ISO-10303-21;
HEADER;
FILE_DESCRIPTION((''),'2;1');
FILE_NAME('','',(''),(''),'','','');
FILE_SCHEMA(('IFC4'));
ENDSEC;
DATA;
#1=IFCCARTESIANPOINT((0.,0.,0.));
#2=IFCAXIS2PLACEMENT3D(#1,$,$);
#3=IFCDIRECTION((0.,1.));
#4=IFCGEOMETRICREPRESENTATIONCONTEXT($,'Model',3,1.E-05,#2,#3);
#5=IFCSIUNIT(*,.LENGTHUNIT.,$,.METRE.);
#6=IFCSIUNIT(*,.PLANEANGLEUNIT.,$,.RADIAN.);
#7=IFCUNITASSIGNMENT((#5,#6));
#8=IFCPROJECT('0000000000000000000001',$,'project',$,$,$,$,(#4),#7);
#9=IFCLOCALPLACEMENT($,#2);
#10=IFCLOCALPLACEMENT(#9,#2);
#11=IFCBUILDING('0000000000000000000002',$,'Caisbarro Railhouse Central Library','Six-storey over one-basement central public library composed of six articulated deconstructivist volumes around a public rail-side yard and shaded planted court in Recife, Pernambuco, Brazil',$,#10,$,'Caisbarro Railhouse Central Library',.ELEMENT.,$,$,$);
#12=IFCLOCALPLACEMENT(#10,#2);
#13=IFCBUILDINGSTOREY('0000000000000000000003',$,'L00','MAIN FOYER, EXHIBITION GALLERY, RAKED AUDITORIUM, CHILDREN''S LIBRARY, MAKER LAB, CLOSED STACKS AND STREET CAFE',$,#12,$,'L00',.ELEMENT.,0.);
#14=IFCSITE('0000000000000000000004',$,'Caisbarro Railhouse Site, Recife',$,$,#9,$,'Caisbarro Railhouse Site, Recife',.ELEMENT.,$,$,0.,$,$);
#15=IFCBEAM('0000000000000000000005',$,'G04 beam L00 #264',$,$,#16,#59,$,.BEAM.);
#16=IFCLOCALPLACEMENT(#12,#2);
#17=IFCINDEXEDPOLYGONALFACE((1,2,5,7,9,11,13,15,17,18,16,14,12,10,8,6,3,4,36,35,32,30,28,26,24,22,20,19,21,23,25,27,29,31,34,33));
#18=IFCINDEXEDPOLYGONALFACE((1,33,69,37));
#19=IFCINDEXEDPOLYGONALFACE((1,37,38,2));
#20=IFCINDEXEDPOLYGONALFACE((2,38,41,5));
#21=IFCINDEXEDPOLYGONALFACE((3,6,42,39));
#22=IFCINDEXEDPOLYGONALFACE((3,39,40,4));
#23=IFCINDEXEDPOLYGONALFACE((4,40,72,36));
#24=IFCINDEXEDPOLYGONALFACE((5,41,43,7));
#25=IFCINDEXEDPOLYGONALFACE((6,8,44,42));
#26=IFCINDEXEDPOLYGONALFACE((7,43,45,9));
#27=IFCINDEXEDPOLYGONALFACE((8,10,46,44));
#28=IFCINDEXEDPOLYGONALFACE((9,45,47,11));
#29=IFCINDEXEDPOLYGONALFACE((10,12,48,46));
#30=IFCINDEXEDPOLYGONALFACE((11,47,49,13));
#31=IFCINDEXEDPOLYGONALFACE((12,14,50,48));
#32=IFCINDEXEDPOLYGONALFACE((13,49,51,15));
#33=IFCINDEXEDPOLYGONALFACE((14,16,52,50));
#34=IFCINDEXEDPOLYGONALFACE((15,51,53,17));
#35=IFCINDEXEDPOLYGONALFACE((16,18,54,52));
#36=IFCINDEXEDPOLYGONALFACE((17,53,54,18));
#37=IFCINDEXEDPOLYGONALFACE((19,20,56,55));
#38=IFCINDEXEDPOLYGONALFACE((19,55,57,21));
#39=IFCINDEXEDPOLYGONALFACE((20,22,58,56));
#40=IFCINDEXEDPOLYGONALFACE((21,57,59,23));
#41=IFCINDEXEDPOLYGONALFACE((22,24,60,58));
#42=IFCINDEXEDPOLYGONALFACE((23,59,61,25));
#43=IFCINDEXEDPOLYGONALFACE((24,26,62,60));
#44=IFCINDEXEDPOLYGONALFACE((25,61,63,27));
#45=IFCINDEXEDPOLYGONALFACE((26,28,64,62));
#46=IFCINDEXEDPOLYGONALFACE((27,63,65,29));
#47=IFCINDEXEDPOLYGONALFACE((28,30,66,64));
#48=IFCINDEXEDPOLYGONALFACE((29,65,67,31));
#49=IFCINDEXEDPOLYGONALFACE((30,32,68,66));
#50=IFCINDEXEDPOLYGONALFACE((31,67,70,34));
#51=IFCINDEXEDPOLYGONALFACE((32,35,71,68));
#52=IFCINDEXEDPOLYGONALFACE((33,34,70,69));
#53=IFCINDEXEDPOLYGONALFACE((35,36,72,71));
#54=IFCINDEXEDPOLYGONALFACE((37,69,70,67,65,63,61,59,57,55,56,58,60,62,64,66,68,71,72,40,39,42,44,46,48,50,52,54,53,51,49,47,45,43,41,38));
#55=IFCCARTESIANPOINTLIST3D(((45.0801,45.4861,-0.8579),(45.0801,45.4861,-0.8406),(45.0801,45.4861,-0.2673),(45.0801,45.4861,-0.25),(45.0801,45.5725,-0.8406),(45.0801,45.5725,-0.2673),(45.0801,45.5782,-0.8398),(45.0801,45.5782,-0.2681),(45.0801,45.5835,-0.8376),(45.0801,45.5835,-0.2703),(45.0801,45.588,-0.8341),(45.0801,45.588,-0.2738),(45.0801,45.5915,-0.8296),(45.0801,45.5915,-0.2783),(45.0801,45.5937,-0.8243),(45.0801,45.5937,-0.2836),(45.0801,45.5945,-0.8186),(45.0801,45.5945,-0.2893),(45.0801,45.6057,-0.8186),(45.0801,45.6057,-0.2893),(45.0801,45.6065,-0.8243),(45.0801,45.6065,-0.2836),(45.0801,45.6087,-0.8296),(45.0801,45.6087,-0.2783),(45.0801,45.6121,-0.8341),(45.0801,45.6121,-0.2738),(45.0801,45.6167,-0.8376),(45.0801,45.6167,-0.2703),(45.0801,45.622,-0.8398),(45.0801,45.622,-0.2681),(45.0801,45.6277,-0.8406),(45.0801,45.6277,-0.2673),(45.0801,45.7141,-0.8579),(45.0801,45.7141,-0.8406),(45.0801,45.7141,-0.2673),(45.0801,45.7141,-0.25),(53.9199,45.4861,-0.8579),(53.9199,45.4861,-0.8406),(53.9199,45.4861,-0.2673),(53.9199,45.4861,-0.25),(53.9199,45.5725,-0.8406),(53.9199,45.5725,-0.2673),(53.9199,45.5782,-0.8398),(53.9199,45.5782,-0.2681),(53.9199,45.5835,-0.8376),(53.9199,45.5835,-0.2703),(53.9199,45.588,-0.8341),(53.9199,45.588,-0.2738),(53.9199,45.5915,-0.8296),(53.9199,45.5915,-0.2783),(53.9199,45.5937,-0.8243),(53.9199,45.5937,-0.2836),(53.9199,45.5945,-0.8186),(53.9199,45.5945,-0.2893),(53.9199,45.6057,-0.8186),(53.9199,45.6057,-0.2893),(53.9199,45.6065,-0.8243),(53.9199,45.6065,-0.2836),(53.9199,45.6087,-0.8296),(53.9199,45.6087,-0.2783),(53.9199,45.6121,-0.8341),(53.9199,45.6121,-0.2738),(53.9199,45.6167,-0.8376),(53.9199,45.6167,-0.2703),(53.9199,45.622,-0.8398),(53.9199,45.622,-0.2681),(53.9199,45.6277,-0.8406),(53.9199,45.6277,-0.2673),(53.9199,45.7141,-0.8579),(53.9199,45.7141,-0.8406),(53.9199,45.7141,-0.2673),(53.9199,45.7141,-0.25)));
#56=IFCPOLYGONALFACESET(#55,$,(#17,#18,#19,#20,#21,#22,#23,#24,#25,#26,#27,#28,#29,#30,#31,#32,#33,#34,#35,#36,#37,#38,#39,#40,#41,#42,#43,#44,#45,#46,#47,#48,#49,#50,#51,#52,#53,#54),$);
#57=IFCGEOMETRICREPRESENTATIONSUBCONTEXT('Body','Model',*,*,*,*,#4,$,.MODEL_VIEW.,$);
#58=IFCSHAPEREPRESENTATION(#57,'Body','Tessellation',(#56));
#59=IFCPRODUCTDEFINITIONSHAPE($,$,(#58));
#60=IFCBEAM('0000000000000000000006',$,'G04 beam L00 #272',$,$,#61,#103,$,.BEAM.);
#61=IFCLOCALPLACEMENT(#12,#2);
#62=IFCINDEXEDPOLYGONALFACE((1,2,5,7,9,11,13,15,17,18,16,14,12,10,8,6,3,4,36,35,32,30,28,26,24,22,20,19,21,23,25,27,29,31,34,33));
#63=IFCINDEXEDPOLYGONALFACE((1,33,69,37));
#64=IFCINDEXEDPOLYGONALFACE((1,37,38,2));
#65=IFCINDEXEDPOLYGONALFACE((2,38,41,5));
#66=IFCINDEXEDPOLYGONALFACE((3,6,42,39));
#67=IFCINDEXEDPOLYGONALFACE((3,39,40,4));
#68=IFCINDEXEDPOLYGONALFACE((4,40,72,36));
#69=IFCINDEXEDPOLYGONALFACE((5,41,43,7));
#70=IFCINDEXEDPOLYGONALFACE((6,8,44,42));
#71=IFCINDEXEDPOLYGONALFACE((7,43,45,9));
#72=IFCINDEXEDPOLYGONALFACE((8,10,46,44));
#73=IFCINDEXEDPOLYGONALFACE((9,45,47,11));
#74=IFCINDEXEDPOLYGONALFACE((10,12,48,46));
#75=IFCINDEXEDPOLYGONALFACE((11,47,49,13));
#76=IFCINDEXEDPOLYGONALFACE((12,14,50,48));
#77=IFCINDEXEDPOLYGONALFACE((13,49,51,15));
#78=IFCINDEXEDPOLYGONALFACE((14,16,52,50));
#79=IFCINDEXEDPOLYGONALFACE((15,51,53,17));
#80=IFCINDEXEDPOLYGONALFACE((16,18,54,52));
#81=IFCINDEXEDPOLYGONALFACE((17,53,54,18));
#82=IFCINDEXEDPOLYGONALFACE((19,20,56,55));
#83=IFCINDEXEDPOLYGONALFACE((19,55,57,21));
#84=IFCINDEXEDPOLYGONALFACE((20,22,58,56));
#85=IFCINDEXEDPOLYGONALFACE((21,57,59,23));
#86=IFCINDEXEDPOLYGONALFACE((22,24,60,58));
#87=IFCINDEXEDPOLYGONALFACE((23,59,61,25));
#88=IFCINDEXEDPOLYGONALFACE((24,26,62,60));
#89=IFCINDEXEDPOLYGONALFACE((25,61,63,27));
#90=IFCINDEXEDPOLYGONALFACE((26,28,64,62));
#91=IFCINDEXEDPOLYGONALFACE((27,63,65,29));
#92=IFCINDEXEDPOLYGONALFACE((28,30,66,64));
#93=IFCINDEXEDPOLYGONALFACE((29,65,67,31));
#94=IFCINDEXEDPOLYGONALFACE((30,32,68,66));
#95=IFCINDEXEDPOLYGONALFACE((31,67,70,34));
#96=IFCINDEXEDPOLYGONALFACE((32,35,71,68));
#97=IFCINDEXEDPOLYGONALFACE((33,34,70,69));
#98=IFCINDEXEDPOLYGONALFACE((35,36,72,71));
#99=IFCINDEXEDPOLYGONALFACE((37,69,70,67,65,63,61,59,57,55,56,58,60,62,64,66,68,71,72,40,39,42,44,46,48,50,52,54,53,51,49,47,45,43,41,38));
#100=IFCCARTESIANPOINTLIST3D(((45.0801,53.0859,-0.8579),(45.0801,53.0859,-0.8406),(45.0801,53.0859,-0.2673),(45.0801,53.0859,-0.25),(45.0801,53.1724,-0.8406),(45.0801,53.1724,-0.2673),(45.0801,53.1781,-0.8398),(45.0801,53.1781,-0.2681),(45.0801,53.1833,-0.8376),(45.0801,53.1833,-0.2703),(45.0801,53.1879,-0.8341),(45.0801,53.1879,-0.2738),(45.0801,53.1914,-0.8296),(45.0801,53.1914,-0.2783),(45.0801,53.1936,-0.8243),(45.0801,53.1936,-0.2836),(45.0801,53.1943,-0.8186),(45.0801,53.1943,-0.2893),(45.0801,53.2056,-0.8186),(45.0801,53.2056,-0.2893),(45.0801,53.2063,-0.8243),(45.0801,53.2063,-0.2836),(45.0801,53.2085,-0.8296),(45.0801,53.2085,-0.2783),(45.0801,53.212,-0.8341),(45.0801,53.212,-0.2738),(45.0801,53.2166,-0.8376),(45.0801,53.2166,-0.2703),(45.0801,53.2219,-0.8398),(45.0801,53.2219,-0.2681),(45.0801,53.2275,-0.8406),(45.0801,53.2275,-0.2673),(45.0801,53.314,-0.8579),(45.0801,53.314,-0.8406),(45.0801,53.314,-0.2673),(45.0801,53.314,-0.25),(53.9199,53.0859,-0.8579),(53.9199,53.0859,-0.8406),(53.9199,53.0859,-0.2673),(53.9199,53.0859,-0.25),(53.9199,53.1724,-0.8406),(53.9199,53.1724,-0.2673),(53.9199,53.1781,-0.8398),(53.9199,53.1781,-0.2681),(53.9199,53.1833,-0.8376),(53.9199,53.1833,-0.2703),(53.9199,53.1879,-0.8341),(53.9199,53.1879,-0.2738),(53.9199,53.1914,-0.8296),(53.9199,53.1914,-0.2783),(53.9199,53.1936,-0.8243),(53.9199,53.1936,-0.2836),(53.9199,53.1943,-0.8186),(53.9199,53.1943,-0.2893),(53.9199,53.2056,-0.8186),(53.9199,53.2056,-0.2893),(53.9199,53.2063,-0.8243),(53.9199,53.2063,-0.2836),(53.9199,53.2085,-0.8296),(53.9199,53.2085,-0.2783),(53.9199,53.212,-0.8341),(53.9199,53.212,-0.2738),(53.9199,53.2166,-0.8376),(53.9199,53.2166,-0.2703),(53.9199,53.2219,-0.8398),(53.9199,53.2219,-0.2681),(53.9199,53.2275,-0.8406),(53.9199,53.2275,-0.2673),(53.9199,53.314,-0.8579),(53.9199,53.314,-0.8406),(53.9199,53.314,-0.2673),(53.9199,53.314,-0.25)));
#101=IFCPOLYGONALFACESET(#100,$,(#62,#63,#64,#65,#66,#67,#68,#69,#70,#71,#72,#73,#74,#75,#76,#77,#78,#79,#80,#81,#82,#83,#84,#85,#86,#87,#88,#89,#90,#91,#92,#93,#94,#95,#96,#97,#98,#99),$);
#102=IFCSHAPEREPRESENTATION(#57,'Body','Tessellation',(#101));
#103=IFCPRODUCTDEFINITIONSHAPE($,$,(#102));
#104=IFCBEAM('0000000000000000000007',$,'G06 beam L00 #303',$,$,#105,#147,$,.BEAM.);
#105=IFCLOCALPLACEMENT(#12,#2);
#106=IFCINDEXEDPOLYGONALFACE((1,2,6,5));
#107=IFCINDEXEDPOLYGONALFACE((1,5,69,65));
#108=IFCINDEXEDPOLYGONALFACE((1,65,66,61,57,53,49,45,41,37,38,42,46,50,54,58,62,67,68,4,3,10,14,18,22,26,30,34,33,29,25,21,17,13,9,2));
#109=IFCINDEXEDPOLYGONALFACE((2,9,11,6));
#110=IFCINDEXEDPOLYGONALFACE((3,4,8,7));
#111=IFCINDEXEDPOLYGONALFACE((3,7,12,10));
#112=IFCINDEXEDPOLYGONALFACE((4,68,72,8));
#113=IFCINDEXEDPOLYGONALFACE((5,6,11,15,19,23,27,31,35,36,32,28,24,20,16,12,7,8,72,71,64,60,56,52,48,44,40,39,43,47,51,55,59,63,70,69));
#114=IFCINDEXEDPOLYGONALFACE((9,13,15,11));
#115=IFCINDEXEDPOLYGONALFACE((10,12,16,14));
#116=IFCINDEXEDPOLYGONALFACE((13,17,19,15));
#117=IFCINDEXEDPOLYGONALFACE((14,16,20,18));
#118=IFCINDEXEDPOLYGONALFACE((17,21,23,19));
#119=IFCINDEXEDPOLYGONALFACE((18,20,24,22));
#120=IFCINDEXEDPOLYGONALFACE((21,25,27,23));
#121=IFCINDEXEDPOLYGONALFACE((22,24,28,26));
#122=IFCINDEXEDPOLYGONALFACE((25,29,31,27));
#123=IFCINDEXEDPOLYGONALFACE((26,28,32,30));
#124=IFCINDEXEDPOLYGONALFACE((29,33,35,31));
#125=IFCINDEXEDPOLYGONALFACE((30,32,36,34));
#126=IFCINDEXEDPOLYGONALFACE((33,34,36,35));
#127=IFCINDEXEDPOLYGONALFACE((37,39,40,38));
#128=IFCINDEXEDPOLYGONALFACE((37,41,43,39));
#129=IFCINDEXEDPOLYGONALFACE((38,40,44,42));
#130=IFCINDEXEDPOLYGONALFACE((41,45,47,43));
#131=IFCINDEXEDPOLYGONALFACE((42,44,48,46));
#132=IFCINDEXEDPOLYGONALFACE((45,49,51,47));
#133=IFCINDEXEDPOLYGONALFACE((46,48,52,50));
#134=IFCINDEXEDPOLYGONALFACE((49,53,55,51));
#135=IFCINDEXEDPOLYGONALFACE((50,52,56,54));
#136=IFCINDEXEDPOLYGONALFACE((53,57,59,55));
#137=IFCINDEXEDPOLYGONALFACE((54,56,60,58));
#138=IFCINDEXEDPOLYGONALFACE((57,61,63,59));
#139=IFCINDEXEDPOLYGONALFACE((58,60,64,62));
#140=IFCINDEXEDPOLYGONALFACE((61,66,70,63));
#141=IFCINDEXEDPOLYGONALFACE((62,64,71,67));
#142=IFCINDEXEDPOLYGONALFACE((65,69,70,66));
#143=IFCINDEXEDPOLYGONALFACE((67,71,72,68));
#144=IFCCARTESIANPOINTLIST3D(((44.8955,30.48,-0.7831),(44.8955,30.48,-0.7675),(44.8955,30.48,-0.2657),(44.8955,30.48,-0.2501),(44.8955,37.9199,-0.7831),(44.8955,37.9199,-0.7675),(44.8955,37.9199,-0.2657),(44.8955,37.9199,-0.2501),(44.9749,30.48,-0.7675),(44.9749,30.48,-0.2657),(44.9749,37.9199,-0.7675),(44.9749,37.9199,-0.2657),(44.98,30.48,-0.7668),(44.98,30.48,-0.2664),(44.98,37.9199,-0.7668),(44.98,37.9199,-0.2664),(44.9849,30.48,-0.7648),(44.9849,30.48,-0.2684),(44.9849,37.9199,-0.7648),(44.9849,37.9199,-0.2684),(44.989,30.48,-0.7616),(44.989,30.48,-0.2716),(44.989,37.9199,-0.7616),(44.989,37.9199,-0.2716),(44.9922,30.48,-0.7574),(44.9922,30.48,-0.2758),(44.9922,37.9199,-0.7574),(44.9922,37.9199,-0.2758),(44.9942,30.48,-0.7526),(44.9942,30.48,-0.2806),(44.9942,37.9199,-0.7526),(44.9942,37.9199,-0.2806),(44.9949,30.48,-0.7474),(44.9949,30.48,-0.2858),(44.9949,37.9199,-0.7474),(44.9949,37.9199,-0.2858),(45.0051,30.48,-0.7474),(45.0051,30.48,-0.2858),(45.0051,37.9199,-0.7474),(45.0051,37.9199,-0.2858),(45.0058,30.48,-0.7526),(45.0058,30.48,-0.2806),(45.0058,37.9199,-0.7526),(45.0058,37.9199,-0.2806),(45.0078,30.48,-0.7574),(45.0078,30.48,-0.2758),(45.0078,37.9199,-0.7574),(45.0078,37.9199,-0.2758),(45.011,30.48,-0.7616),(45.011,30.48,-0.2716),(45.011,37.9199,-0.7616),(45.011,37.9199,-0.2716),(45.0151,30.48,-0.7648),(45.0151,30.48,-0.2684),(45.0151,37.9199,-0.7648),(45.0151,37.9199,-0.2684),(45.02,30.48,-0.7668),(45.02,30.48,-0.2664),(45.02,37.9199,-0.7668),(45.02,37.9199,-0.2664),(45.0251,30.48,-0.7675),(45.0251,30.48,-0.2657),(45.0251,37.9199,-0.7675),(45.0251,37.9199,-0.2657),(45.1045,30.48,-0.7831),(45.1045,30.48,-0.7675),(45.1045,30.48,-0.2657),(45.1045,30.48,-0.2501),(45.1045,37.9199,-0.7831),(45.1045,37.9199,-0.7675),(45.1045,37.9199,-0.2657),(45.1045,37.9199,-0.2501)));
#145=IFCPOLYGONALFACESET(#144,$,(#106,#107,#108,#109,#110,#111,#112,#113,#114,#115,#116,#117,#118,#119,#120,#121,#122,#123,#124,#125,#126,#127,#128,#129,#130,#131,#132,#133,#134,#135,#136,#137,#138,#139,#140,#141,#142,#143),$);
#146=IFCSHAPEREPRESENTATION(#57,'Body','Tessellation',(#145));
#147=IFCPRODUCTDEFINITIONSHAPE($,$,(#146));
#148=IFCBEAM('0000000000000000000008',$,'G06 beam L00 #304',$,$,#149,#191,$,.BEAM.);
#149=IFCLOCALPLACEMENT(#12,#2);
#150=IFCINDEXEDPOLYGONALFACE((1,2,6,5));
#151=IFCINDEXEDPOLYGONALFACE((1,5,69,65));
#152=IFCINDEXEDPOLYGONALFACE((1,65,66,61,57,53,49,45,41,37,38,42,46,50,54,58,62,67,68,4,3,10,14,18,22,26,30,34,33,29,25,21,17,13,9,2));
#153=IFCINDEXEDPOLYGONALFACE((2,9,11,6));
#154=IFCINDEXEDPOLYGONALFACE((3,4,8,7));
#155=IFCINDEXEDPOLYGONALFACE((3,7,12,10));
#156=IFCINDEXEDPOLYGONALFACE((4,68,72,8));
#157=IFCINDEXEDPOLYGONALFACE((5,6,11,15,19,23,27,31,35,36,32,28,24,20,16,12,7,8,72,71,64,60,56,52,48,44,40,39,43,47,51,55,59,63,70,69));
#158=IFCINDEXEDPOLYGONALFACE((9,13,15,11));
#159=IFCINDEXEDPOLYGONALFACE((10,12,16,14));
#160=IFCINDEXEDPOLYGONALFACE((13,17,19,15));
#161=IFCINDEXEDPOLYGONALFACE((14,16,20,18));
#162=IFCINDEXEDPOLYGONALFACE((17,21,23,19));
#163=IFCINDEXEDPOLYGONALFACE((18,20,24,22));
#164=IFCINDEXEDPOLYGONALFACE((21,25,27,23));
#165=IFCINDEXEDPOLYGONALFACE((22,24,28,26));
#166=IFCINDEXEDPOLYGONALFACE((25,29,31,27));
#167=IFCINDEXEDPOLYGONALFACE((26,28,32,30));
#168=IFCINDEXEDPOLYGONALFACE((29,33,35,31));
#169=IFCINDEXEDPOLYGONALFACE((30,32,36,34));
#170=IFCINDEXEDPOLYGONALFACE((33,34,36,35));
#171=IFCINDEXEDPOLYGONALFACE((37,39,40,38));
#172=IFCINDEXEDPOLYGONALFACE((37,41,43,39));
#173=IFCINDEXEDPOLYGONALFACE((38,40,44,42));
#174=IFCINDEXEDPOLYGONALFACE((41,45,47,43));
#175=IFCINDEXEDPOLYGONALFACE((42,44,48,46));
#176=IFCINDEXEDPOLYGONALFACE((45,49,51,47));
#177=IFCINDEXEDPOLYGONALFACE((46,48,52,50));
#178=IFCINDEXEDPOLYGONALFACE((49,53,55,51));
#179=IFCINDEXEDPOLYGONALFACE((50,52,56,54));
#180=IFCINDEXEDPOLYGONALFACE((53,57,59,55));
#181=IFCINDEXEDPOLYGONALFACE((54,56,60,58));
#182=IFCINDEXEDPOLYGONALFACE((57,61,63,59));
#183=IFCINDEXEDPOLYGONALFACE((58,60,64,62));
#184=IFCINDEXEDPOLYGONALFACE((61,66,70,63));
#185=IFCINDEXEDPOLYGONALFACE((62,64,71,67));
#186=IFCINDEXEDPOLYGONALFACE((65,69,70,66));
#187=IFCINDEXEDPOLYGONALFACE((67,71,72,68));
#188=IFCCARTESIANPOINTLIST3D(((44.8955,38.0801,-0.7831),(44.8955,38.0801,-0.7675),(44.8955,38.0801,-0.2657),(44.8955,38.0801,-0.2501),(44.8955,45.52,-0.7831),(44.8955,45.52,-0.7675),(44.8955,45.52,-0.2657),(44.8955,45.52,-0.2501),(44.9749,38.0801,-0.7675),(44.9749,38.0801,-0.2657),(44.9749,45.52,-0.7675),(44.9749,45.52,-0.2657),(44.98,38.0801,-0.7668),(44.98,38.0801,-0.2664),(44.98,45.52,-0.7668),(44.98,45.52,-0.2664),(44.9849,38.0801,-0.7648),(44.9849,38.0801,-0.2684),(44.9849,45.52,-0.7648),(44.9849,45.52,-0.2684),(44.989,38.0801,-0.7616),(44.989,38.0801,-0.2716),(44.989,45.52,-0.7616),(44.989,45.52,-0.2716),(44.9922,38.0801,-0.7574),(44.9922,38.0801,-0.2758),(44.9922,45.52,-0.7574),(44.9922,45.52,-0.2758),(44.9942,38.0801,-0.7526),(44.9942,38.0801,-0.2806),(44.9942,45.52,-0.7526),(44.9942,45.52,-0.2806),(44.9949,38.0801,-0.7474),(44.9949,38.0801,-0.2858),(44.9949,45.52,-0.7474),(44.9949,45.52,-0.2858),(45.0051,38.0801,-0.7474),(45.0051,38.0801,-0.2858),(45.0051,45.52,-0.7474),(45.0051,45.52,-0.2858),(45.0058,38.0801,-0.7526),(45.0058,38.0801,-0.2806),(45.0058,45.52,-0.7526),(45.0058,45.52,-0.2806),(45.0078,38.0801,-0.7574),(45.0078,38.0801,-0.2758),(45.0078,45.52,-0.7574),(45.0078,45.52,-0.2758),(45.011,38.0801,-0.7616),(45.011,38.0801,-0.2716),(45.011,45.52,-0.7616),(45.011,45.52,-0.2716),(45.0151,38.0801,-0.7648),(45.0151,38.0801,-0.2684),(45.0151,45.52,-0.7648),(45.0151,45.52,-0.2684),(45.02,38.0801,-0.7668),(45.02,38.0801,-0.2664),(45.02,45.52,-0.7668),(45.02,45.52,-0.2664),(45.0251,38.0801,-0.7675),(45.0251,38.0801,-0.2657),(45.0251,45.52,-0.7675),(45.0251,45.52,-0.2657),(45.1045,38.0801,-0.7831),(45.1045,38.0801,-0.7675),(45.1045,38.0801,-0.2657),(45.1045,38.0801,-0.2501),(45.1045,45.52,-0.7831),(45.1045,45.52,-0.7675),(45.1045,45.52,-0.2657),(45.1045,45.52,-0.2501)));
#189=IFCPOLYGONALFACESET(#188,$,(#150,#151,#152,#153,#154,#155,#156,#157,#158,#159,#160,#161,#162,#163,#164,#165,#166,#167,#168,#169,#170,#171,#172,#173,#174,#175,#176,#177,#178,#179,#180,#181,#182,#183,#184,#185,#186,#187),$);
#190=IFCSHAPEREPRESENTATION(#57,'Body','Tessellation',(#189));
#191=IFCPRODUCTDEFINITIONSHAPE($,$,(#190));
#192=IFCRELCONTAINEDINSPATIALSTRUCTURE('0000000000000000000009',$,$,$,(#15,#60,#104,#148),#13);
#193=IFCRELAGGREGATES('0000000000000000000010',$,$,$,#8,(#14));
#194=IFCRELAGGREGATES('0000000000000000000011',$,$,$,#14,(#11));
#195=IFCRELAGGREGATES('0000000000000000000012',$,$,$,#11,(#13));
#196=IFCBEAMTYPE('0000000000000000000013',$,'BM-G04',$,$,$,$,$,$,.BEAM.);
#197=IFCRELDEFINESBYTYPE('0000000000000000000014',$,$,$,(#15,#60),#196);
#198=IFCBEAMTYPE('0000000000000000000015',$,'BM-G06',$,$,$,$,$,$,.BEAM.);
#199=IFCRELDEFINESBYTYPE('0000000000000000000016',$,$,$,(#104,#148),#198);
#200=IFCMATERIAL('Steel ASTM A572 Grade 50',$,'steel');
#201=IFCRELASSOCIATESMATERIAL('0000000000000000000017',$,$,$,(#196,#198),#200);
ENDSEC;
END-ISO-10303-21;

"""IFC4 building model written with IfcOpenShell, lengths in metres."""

from ifc_helpers import new_model, si_unit, direction, frame, origin, origin_2d, place, context, subcontext, project, spatial, i_section, extrude, material, material_profile, profile_set, type_object, element, save


model = new_model("IFC4")

# Units and contexts
model_context = context("Model", 3, precision=1e-05, world=origin(), true_north=direction((0.0, 1.0)))
body_context = subcontext(model_context, "Body", "Model", "MODEL_VIEW")
ifc_project = project(units=[si_unit("LENGTHUNIT", "METRE"), si_unit("PLANEANGLEUNIT", "RADIAN")], contexts=[model_context])

# Site, building, storey
site_placement = place(None, origin())
site = spatial("IfcSite", under=ifc_project, at=site_placement, Name="Caisbarro Railhouse Site, Recife", LongName="Caisbarro Railhouse Site, Recife", CompositionType="ELEMENT", RefElevation=0.0)
building_placement = place(site_placement, origin())
building = spatial("IfcBuilding", under=site, at=building_placement, Name="Caisbarro Railhouse Central Library", Description="Six-storey over one-basement central public library composed of six articulated deconstructivist volumes around a public rail-side yard and shaded planted court in Recife, Pernambuco, Brazil", LongName="Caisbarro Railhouse Central Library", CompositionType="ELEMENT")
storey_placement = place(building_placement, origin())
storey = spatial("IfcBuildingStorey", under=building, at=storey_placement, Name="L00", Description="MAIN FOYER, EXHIBITION GALLERY, RAKED AUDITORIUM, CHILDREN'S LIBRARY, MAKER LAB, CLOSED STACKS AND STREET CAFE", LongName="L00", CompositionType="ELEMENT", Elevation=0.0)

# Shared definitions
ifc_material_1 = material(Name="Steel ASTM A572 Grade 50", Category="steel")

# Beams
ifc_material_profile_1 = material_profile(ifc_material_1, i_section(OverallWidth=0.228, OverallDepth=0.6079, WebThickness=0.0112, FlangeThickness=0.0173, FilletRadius=0.022, at=origin_2d()), Name="W610X113.0")
ifc_profile_set_1 = profile_set([ifc_material_profile_1], Name="Steel ASTM A572 Grade 50")
beam_type_1 = type_object("IfcBeamType", Name="BM-G04", PredefinedType="BEAM", material=ifc_profile_set_1)
for number, where, z_axis, x_axis, name in (
    (1, (45.0801, 45.6001, -0.554), (1.0, 0.0, 0.0), (0.0, 1.0, 0.0), "G04 beam L00 #264"),
    (2, (45.0801, 53.2, -0.554), (1.0, 0.0, 0.0), (0.0, 1.0, 0.0), "G04 beam L00 #272"),
):
    element("IfcBeam", number, at=place(storey_placement, frame(where, z_axis=z_axis, x_axis=x_axis)), inside=storey, type_object=beam_type_1, Name=name, PredefinedType="BEAM", context=body_context, shape_type="SweptSolid", body=[
        extrude(i_section(OverallWidth=0.228, OverallDepth=0.6079, WebThickness=0.0112, FlangeThickness=0.0173, FilletRadius=0.022, at=origin_2d()), origin(), (0.0, 0.0, 1.0), 8.8398),
    ])
ifc_material_profile_2 = material_profile(ifc_material_1, i_section(OverallWidth=0.209, OverallDepth=0.533, WebThickness=0.0103, FlangeThickness=0.0156, FilletRadius=0.02, at=origin_2d()), Name="W530X92.0")
ifc_profile_set_2 = profile_set([ifc_material_profile_2], Name="Steel ASTM A572 Grade 50")
beam_type_2 = type_object("IfcBeamType", Name="BM-G06", PredefinedType="BEAM", material=ifc_profile_set_2)
for number, where, z_axis, x_axis, name in (
    (3, (45.0, 30.48, -0.5166), (0.0, 1.0, 0.0), (-1.0, 0.0, 0.0), "G06 beam L00 #303"),
    (4, (45.0, 38.0801, -0.5166), (0.0, 1.0, 0.0), (-1.0, 0.0, 0.0), "G06 beam L00 #304"),
):
    element("IfcBeam", number, at=place(storey_placement, frame(where, z_axis=z_axis, x_axis=x_axis)), inside=storey, type_object=beam_type_2, Name=name, PredefinedType="BEAM", context=body_context, shape_type="SweptSolid", body=[
        extrude(i_section(OverallWidth=0.209, OverallDepth=0.533, WebThickness=0.0103, FlangeThickness=0.0156, FilletRadius=0.02, at=origin_2d()), origin(), (0.0, 0.0, 1.0), 7.4399),
    ])

save(model, "model.ifc")
